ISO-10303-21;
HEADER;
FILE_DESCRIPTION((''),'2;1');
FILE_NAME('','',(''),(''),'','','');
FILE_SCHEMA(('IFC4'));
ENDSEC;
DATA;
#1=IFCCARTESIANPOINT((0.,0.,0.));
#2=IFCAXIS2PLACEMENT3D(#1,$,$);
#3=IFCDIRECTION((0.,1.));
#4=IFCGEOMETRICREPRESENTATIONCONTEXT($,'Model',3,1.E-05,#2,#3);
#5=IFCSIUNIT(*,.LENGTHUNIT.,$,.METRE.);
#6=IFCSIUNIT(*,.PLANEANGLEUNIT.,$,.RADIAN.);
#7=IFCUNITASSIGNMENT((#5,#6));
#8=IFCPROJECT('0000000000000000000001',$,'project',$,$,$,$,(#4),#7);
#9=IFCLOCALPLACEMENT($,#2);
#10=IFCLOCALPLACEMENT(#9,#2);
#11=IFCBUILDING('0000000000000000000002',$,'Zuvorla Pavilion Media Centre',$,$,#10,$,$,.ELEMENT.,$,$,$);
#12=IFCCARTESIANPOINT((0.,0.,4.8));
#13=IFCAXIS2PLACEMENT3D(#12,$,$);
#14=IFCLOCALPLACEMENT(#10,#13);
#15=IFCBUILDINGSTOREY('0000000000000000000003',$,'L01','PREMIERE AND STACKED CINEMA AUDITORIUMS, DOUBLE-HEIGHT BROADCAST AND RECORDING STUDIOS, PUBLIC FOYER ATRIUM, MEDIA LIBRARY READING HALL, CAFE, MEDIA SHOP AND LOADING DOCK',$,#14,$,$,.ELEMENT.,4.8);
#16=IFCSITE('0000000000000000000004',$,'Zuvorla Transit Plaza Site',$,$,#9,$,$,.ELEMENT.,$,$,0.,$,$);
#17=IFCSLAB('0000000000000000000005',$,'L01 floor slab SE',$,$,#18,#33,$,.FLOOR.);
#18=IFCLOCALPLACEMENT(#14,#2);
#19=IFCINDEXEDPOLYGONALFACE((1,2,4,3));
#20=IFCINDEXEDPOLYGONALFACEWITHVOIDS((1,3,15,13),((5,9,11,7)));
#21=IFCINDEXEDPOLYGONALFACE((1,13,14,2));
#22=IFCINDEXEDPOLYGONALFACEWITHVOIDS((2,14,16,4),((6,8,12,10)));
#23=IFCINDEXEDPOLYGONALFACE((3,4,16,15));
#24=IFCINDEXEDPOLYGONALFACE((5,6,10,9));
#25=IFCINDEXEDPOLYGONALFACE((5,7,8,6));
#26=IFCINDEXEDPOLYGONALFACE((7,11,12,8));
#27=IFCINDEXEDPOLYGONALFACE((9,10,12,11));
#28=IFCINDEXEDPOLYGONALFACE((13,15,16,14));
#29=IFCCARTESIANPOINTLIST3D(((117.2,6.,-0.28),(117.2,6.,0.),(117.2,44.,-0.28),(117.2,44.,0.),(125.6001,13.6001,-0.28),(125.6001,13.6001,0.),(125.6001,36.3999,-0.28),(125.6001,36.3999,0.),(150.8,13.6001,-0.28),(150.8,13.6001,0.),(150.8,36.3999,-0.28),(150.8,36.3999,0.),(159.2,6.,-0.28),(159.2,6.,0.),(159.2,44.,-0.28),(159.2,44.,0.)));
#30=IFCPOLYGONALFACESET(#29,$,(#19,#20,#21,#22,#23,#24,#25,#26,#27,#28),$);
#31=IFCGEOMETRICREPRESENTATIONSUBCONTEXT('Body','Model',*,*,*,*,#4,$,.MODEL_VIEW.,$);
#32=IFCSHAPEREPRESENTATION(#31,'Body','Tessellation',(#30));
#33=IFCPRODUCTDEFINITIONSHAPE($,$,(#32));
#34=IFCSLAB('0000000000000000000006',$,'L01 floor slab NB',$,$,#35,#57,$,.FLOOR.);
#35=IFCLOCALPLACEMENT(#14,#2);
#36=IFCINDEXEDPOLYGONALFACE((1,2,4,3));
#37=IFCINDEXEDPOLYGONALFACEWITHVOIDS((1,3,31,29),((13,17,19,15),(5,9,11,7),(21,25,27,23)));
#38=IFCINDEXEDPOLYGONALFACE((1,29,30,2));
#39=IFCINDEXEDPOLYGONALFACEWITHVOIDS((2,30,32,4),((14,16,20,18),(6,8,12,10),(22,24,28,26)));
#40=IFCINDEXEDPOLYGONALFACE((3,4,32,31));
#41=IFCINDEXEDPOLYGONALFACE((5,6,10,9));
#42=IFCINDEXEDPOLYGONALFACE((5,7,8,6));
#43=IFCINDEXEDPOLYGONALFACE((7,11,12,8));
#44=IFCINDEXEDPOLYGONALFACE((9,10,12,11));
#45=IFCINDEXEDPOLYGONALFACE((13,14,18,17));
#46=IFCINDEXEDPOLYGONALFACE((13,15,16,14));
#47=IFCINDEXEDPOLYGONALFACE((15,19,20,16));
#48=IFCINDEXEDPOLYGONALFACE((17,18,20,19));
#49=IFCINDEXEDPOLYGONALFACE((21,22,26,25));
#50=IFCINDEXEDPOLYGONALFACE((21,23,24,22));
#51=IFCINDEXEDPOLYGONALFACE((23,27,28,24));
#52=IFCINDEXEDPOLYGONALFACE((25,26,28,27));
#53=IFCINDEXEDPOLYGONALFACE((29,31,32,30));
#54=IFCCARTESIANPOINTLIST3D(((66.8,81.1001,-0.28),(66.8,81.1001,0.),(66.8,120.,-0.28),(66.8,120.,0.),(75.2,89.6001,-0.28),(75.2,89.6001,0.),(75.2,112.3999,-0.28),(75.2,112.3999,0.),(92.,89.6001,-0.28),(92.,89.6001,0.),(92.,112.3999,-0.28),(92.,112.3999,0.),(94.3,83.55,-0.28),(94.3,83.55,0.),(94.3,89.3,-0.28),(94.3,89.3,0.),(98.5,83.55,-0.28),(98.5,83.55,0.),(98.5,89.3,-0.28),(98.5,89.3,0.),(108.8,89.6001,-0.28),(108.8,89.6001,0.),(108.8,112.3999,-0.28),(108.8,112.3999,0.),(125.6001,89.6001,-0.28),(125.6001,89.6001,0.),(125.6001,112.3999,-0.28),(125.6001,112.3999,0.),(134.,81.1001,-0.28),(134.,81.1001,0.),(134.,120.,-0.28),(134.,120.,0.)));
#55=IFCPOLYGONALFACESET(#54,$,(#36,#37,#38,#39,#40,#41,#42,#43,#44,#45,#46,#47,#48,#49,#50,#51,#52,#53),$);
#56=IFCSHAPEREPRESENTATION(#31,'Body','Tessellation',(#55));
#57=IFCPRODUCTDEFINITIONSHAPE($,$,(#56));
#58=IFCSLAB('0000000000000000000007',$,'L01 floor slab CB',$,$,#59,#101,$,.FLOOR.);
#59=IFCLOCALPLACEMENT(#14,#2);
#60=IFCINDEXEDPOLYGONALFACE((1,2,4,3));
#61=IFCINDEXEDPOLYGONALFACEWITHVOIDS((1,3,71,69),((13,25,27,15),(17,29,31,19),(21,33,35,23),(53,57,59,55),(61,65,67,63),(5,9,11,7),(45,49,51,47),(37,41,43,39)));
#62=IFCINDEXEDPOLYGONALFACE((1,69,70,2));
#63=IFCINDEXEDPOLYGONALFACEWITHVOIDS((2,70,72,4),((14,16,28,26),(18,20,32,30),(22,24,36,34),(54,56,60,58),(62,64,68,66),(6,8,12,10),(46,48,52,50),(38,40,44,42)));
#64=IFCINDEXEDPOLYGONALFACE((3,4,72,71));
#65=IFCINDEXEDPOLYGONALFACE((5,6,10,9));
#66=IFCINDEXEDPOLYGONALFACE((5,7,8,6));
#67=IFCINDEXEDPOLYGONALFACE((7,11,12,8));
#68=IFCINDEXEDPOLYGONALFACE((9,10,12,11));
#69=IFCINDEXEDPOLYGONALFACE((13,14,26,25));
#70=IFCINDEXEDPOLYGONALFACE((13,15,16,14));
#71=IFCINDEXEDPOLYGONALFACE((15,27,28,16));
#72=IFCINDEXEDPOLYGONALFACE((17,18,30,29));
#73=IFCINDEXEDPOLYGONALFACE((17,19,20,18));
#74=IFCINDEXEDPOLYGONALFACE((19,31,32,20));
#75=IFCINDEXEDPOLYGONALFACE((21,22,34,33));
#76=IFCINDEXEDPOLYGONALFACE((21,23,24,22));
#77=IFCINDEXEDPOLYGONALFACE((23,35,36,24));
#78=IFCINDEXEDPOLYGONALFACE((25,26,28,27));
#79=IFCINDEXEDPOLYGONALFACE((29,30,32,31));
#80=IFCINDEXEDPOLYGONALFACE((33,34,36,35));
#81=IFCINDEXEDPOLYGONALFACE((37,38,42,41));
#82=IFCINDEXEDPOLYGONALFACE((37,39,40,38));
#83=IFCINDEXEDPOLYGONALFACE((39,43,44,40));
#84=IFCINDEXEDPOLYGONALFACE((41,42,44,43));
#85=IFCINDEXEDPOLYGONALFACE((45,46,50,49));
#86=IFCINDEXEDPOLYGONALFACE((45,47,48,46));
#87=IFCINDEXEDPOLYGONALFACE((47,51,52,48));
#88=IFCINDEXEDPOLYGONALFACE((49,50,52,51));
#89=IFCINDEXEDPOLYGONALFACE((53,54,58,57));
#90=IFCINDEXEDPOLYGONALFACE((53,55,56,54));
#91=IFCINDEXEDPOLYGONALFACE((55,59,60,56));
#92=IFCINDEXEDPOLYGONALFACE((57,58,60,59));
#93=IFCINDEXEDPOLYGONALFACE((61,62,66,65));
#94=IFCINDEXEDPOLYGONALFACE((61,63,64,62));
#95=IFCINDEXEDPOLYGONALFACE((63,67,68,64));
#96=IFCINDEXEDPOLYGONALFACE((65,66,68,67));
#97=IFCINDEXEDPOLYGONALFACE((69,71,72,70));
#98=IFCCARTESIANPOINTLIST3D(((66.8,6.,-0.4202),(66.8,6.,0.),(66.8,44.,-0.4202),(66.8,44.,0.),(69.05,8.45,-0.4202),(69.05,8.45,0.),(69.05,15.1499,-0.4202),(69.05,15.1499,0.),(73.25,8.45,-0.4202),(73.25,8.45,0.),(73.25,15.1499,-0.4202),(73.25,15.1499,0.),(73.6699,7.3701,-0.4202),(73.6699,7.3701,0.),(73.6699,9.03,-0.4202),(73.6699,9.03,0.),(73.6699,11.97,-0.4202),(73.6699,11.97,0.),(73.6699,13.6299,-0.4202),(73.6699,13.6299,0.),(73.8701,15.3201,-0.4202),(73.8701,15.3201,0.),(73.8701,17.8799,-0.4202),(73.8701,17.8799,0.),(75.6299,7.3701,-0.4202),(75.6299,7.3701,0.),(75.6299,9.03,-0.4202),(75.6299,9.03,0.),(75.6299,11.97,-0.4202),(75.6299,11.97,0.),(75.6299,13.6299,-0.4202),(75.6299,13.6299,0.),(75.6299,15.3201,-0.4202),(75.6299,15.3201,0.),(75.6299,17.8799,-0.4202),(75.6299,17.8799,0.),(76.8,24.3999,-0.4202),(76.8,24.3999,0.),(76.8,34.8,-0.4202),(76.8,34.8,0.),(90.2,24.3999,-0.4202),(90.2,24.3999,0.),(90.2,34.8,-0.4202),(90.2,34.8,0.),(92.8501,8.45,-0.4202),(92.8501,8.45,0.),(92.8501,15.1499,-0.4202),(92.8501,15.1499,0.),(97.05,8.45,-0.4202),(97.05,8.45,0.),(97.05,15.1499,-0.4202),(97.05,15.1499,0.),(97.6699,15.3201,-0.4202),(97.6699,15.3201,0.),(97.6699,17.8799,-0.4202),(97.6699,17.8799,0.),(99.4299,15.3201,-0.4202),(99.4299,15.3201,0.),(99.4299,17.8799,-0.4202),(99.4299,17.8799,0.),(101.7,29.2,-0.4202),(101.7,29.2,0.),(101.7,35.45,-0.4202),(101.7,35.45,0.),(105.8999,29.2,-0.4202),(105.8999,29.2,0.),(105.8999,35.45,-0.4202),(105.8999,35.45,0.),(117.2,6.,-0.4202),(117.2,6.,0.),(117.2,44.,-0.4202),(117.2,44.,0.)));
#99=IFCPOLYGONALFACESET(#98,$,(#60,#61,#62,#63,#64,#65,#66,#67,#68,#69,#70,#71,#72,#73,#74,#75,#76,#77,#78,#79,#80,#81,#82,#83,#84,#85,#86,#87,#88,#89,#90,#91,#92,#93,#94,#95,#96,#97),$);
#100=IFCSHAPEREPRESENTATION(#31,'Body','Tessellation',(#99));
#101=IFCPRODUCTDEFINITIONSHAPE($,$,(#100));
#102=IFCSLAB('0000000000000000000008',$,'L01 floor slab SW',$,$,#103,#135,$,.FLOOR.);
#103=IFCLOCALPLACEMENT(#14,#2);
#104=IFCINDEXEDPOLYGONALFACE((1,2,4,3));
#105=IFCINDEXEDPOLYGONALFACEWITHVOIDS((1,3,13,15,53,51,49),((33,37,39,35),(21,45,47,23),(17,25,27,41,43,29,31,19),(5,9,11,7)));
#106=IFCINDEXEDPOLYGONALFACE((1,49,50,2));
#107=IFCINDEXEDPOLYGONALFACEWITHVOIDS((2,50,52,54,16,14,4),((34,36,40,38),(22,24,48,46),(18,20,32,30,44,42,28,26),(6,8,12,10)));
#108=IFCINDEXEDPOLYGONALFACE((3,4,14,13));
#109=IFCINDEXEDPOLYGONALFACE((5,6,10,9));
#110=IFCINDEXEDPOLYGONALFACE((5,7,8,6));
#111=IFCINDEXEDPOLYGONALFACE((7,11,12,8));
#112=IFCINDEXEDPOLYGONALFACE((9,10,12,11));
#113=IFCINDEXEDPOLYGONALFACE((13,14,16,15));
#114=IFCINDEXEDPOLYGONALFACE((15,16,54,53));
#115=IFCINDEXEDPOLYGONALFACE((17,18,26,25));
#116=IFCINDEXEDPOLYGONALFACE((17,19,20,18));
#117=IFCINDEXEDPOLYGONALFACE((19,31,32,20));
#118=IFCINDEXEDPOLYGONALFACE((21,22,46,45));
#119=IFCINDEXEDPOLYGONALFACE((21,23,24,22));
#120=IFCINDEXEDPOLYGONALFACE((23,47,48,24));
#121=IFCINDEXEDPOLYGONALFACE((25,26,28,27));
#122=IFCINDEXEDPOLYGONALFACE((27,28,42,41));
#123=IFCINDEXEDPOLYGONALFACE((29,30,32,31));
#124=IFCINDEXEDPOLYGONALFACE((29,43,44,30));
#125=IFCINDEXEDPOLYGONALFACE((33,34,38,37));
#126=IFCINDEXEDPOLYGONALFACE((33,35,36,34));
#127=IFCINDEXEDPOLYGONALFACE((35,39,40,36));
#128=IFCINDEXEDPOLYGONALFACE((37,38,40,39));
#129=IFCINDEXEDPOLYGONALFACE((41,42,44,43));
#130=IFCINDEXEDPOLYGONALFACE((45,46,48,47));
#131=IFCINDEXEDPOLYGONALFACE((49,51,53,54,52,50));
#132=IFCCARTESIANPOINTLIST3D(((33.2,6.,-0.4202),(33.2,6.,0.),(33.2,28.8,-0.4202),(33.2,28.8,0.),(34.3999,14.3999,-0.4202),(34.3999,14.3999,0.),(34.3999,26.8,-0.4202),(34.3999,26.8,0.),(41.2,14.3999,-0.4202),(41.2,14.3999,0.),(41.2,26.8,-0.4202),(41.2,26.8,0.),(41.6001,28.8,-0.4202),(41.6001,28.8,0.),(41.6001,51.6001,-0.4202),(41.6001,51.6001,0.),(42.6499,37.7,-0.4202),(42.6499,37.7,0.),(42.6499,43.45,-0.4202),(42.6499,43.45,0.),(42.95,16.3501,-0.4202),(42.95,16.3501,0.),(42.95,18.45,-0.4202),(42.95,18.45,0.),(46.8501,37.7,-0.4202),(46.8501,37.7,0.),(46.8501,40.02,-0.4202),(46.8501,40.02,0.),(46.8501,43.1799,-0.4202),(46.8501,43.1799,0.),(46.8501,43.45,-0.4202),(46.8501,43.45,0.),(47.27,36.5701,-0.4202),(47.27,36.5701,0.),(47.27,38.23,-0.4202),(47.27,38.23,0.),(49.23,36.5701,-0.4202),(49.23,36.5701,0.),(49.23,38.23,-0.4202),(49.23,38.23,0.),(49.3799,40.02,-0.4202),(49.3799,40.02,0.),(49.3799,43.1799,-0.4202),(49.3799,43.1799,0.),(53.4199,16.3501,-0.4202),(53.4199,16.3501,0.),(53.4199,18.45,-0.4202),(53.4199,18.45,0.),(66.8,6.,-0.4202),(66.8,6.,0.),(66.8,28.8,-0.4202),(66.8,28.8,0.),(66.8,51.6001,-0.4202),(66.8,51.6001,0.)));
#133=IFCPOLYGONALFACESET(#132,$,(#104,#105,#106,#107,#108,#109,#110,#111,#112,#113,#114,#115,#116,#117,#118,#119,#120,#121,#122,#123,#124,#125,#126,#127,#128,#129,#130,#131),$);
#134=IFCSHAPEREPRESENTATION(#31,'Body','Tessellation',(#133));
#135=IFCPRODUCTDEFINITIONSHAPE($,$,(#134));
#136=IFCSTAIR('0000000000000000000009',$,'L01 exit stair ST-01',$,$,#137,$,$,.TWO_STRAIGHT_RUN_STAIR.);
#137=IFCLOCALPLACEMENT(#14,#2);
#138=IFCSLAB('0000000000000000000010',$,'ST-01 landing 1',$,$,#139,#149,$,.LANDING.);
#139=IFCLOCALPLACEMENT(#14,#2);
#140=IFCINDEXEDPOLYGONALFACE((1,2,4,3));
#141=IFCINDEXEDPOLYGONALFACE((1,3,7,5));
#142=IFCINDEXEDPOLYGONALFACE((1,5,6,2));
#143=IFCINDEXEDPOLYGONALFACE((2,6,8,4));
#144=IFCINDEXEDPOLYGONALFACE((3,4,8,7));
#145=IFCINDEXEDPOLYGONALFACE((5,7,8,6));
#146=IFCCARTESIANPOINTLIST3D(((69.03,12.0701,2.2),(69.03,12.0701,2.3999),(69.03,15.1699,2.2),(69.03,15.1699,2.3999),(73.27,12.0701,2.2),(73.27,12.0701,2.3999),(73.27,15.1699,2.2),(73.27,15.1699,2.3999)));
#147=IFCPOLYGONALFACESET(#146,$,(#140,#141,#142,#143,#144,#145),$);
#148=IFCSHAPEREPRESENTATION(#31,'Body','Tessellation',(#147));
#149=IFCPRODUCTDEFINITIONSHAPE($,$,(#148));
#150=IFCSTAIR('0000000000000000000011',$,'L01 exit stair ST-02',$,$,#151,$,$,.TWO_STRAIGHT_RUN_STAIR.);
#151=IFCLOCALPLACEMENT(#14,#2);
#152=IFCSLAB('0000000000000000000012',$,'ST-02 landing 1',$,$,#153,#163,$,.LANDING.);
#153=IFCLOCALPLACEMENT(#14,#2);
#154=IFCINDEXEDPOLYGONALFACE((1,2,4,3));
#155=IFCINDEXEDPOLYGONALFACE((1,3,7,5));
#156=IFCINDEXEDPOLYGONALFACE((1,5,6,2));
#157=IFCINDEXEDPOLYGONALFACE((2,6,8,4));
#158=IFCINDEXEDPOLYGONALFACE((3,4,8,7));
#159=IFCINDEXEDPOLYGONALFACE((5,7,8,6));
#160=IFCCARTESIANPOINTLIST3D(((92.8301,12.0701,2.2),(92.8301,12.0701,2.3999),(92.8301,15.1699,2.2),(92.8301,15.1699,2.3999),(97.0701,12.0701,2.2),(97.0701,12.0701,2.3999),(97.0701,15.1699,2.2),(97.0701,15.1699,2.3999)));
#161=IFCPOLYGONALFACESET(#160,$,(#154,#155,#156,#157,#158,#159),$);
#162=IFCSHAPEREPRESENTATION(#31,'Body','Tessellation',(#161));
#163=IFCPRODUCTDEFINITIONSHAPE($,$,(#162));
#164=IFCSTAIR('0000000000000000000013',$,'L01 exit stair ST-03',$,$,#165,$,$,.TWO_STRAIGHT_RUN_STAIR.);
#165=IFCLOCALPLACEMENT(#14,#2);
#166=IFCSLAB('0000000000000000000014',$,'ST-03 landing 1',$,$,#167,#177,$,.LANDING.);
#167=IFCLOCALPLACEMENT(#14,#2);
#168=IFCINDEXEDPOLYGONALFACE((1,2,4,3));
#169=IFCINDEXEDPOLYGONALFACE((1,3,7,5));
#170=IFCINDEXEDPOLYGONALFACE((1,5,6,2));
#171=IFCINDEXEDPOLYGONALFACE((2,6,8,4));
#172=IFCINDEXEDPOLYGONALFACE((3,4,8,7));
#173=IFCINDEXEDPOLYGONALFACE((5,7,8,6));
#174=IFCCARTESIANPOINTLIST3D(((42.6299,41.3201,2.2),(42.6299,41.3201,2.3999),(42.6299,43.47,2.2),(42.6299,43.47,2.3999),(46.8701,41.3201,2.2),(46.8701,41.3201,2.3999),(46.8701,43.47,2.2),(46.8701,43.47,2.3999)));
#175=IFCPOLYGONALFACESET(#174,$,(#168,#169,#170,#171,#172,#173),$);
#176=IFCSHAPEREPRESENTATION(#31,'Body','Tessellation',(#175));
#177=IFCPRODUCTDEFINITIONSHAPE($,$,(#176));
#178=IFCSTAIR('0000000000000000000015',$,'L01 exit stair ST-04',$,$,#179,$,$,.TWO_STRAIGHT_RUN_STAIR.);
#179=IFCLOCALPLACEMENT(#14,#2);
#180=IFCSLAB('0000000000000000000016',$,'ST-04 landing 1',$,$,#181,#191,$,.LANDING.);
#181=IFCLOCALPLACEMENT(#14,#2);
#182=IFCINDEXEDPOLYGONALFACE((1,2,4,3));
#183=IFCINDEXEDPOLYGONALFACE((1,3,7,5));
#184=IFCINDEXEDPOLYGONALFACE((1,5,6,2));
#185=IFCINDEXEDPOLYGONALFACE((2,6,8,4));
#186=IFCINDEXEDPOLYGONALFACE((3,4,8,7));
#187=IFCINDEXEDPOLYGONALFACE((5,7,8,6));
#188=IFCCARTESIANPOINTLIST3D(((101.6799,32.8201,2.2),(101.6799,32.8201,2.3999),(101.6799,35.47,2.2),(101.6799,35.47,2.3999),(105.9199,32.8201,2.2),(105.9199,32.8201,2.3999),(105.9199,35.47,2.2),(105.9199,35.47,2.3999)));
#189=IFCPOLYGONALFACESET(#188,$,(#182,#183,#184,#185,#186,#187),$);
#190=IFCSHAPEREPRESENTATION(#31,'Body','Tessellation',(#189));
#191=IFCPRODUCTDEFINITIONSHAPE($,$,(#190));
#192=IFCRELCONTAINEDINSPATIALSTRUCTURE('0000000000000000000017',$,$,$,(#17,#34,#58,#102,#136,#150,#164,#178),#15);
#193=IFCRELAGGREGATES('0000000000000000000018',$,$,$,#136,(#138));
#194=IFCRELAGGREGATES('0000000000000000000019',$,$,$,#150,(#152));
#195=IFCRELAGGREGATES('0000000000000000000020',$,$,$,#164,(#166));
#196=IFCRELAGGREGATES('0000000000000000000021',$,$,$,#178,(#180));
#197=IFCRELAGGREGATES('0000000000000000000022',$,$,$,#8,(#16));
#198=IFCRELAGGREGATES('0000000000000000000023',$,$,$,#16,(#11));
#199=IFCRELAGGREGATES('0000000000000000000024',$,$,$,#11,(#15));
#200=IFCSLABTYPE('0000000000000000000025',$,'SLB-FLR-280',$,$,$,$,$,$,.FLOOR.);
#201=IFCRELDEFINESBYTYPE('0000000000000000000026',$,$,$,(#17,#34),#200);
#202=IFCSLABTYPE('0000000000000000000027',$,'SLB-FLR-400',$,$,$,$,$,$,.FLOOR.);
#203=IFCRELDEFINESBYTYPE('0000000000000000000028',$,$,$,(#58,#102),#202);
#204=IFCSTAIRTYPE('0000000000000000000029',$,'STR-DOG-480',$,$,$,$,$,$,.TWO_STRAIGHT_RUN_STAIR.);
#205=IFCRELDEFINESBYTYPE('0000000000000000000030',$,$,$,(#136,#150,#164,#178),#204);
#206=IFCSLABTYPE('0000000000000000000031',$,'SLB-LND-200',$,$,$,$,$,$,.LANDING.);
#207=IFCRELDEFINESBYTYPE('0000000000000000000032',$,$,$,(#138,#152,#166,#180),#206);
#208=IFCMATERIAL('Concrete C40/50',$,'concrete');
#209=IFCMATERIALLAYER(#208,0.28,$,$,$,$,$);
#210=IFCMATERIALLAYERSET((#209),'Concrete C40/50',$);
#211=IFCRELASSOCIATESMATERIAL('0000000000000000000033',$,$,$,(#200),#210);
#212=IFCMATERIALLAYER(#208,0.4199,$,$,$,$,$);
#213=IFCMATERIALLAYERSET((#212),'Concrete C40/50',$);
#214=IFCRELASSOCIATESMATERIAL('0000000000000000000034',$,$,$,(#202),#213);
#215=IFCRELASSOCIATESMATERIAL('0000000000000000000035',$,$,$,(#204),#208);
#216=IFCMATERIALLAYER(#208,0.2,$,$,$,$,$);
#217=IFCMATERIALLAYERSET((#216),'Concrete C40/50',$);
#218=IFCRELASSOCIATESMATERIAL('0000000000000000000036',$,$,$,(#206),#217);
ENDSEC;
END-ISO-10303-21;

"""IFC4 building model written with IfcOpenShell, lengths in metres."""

from ifc_helpers import new_model, si_unit, direction, frame, origin, place, context, subcontext, project, spatial, polyline, outline, extrude, material, layer, layer_set, type_object, element, aggregate, save


model = new_model("IFC4")

# Units and contexts
model_context = context("Model", 3, precision=1e-05, world=origin(), true_north=direction((0.0, 1.0)))
body_context = subcontext(model_context, "Body", "Model", "MODEL_VIEW")
ifc_project = project(units=[si_unit("LENGTHUNIT", "METRE"), si_unit("PLANEANGLEUNIT", "RADIAN")], contexts=[model_context])

# Site, building, storey
site_placement = place(None, origin())
site = spatial("IfcSite", under=ifc_project, at=site_placement, Name="Zuvorla Transit Plaza Site", CompositionType="ELEMENT", RefElevation=0.0)
building_placement = place(site_placement, origin())
building = spatial("IfcBuilding", under=site, at=building_placement, Name="Zuvorla Pavilion Media Centre", CompositionType="ELEMENT")
storey_placement = place(building_placement, frame((0.0, 0.0, 4.8)))
storey = spatial("IfcBuildingStorey", under=building, at=storey_placement, Name="L01", Description="PREMIERE AND STACKED CINEMA AUDITORIUMS, DOUBLE-HEIGHT BROADCAST AND RECORDING STUDIOS, PUBLIC FOYER ATRIUM, MEDIA LIBRARY READING HALL, CAFE, MEDIA SHOP AND LOADING DOCK", CompositionType="ELEMENT", Elevation=4.8)

# Slabs
ifc_material_1 = material(Name="Concrete C40/50", Category="concrete")
ifc_layer_1 = layer(ifc_material_1, 0.28)
ifc_layer_set_1 = layer_set([ifc_layer_1], Name="Concrete C40/50")
slab_type_1 = type_object("IfcSlabType", Name="SLB-FLR-280", PredefinedType="FLOOR", material=ifc_layer_set_1)
slab_1_placement = place(storey_placement, frame((0.0, 0.0, -0.28)))
element("IfcSlab", 1, at=slab_1_placement, inside=storey, type_object=slab_type_1, Name="L01 floor slab SE", PredefinedType="FLOOR", context=body_context, shape_type="SweptSolid", body=[
    extrude(outline(polyline([(117.2, 6.0), (117.2, 44.0), (159.2, 44.0), (159.2, 6.0), (117.2, 6.0)]), holes=[polyline([(150.8, 36.3999), (125.6001, 36.3999), (125.6001, 13.6001), (150.8, 13.6001), (150.8, 36.3999)])]), origin(), (0.0, 0.0, 1.0), 0.28),
])
slab_2_placement = place(storey_placement, frame((0.0, 0.0, -0.28)))
element("IfcSlab", 2, at=slab_2_placement, inside=storey, type_object=slab_type_1, Name="L01 floor slab NB", PredefinedType="FLOOR", context=body_context, shape_type="SweptSolid", body=[
    extrude(outline(polyline([(66.8, 81.1001), (66.8, 120.0), (134.0, 120.0), (134.0, 81.1001), (66.8, 81.1001)]), holes=[polyline([(98.5, 83.55), (98.5, 89.3), (94.3, 89.3), (94.3, 83.55), (98.5, 83.55)]), polyline([(75.2, 89.6001), (92.0, 89.6001), (92.0, 112.3999), (75.2, 112.3999), (75.2, 89.6001)]), polyline([(108.8, 89.6001), (125.6001, 89.6001), (125.6001, 112.3999), (108.8, 112.3999), (108.8, 89.6001)])]), origin(), (0.0, 0.0, 1.0), 0.28),
])
ifc_layer_2 = layer(ifc_material_1, 0.4199)
ifc_layer_set_2 = layer_set([ifc_layer_2], Name="Concrete C40/50")
slab_type_2 = type_object("IfcSlabType", Name="SLB-FLR-400", PredefinedType="FLOOR", material=ifc_layer_set_2)
slab_3_placement = place(storey_placement, frame((0.0, 0.0, -0.4202)))
element("IfcSlab", 3, at=slab_3_placement, inside=storey, type_object=slab_type_2, Name="L01 floor slab CB", PredefinedType="FLOOR", context=body_context, shape_type="SweptSolid", body=[
    extrude(outline(polyline([(66.8, 6.0), (66.8, 44.0), (117.2, 44.0), (117.2, 6.0), (66.8, 6.0)]), holes=[polyline([(73.6699, 9.03), (73.6699, 7.3701), (75.6299, 7.3701), (75.6299, 9.03), (73.6699, 9.03)]), polyline([(69.05, 15.1499), (69.05, 8.45), (73.25, 8.45), (73.25, 15.1499), (69.05, 15.1499)]), polyline([(92.8501, 15.1499), (92.8501, 8.45), (97.05, 8.45), (97.05, 15.1499), (92.8501, 15.1499)]), polyline([(73.6699, 13.6299), (73.6699, 11.97), (75.6299, 11.97), (75.6299, 13.6299), (73.6699, 13.6299)]), polyline([(73.8701, 17.8799), (73.8701, 15.3201), (75.6299, 15.3201), (75.6299, 17.8799), (73.8701, 17.8799)]), polyline([(97.6699, 17.8799), (97.6699, 15.3201), (99.4299, 15.3201), (99.4299, 17.8799), (97.6699, 17.8799)]), polyline([(76.8, 34.8), (76.8, 24.3999), (90.2, 24.3999), (90.2, 34.8), (76.8, 34.8)]), polyline([(101.7, 35.45), (101.7, 29.2), (105.8999, 29.2), (105.8999, 35.45), (101.7, 35.45)])]), origin(), (0.0, 0.0, 1.0), 0.4202),
])
slab_4_placement = place(storey_placement, frame((0.0, 0.0, -0.4202)))
element("IfcSlab", 4, at=slab_4_placement, inside=storey, type_object=slab_type_2, Name="L01 floor slab SW", PredefinedType="FLOOR", context=body_context, shape_type="SweptSolid", body=[
    extrude(outline(polyline([(33.2, 6.0), (33.2, 28.8), (41.6001, 28.8), (41.6001, 51.6001), (66.8, 51.6001), (66.8, 28.8), (66.8, 6.0), (33.2, 6.0)]), holes=[polyline([(42.95, 16.3501), (53.4199, 16.3501), (53.4199, 18.45), (42.95, 18.45), (42.95, 16.3501)]), polyline([(34.3999, 14.3999), (41.2, 14.3999), (41.2, 26.8), (34.3999, 26.8), (34.3999, 14.3999)]), polyline([(47.27, 36.5701), (49.23, 36.5701), (49.23, 38.23), (47.27, 38.23), (47.27, 36.5701)]), polyline([(42.6499, 37.7), (46.8501, 37.7), (46.8501, 40.02), (49.3799, 40.02), (49.3799, 43.1799), (46.8501, 43.1799), (46.8501, 43.45), (42.6499, 43.45), (42.6499, 37.7)])]), origin(), (0.0, 0.0, 1.0), 0.4202),
])

# Stairs, slabs
stair_type_1 = type_object("IfcStairType", Name="STR-DOG-480", PredefinedType="TWO_STRAIGHT_RUN_STAIR", material=ifc_material_1)
stair_1_placement = place(storey_placement, origin())
stair_1 = element("IfcStair", 5, at=stair_1_placement, inside=storey, type_object=stair_type_1, Name="L01 exit stair ST-01", PredefinedType="TWO_STRAIGHT_RUN_STAIR")
ifc_layer_3 = layer(ifc_material_1, 0.2)
ifc_layer_set_3 = layer_set([ifc_layer_3], Name="Concrete C40/50")
slab_type_3 = type_object("IfcSlabType", Name="SLB-LND-200", PredefinedType="LANDING", material=ifc_layer_set_3)
slab_5_placement = place(storey_placement, frame((0.0, 0.0, 2.2)))
slab_5 = element("IfcSlab", 6, at=slab_5_placement, type_object=slab_type_3, Name="ST-01 landing 1", PredefinedType="LANDING", context=body_context, shape_type="SweptSolid", body=[
    extrude(outline(polyline([(69.03, 12.0701), (73.27, 12.0701), (73.27, 15.1699), (69.03, 15.1699), (69.03, 12.0701)])), origin(), (0.0, 0.0, 1.0), 0.2),
])
aggregate(stair_1, [slab_5])
stair_2_placement = place(storey_placement, origin())
stair_2 = element("IfcStair", 7, at=stair_2_placement, inside=storey, type_object=stair_type_1, Name="L01 exit stair ST-02", PredefinedType="TWO_STRAIGHT_RUN_STAIR")
slab_6_placement = place(storey_placement, frame((0.0, 0.0, 2.2)))
slab_6 = element("IfcSlab", 8, at=slab_6_placement, type_object=slab_type_3, Name="ST-02 landing 1", PredefinedType="LANDING", context=body_context, shape_type="SweptSolid", body=[
    extrude(outline(polyline([(92.8301, 12.0701), (97.0701, 12.0701), (97.0701, 15.1699), (92.8301, 15.1699), (92.8301, 12.0701)])), origin(), (0.0, 0.0, 1.0), 0.2),
])
aggregate(stair_2, [slab_6])
stair_3_placement = place(storey_placement, origin())
stair_3 = element("IfcStair", 9, at=stair_3_placement, inside=storey, type_object=stair_type_1, Name="L01 exit stair ST-03", PredefinedType="TWO_STRAIGHT_RUN_STAIR")
slab_7_placement = place(storey_placement, frame((0.0, 0.0, 2.2)))
slab_7 = element("IfcSlab", 10, at=slab_7_placement, type_object=slab_type_3, Name="ST-03 landing 1", PredefinedType="LANDING", context=body_context, shape_type="SweptSolid", body=[
    extrude(outline(polyline([(42.6299, 41.3201), (46.8701, 41.3201), (46.8701, 43.47), (42.6299, 43.47), (42.6299, 41.3201)])), origin(), (0.0, 0.0, 1.0), 0.2),
])
aggregate(stair_3, [slab_7])
stair_4_placement = place(storey_placement, origin())
stair_4 = element("IfcStair", 11, at=stair_4_placement, inside=storey, type_object=stair_type_1, Name="L01 exit stair ST-04", PredefinedType="TWO_STRAIGHT_RUN_STAIR")
slab_8_placement = place(storey_placement, frame((0.0, 0.0, 2.2)))
slab_8 = element("IfcSlab", 12, at=slab_8_placement, type_object=slab_type_3, Name="ST-04 landing 1", PredefinedType="LANDING", context=body_context, shape_type="SweptSolid", body=[
    extrude(outline(polyline([(101.6799, 32.8201), (105.9199, 32.8201), (105.9199, 35.47), (101.6799, 35.47), (101.6799, 32.8201)])), origin(), (0.0, 0.0, 1.0), 0.2),
])
aggregate(stair_4, [slab_8])

save(model, "model.ifc")
